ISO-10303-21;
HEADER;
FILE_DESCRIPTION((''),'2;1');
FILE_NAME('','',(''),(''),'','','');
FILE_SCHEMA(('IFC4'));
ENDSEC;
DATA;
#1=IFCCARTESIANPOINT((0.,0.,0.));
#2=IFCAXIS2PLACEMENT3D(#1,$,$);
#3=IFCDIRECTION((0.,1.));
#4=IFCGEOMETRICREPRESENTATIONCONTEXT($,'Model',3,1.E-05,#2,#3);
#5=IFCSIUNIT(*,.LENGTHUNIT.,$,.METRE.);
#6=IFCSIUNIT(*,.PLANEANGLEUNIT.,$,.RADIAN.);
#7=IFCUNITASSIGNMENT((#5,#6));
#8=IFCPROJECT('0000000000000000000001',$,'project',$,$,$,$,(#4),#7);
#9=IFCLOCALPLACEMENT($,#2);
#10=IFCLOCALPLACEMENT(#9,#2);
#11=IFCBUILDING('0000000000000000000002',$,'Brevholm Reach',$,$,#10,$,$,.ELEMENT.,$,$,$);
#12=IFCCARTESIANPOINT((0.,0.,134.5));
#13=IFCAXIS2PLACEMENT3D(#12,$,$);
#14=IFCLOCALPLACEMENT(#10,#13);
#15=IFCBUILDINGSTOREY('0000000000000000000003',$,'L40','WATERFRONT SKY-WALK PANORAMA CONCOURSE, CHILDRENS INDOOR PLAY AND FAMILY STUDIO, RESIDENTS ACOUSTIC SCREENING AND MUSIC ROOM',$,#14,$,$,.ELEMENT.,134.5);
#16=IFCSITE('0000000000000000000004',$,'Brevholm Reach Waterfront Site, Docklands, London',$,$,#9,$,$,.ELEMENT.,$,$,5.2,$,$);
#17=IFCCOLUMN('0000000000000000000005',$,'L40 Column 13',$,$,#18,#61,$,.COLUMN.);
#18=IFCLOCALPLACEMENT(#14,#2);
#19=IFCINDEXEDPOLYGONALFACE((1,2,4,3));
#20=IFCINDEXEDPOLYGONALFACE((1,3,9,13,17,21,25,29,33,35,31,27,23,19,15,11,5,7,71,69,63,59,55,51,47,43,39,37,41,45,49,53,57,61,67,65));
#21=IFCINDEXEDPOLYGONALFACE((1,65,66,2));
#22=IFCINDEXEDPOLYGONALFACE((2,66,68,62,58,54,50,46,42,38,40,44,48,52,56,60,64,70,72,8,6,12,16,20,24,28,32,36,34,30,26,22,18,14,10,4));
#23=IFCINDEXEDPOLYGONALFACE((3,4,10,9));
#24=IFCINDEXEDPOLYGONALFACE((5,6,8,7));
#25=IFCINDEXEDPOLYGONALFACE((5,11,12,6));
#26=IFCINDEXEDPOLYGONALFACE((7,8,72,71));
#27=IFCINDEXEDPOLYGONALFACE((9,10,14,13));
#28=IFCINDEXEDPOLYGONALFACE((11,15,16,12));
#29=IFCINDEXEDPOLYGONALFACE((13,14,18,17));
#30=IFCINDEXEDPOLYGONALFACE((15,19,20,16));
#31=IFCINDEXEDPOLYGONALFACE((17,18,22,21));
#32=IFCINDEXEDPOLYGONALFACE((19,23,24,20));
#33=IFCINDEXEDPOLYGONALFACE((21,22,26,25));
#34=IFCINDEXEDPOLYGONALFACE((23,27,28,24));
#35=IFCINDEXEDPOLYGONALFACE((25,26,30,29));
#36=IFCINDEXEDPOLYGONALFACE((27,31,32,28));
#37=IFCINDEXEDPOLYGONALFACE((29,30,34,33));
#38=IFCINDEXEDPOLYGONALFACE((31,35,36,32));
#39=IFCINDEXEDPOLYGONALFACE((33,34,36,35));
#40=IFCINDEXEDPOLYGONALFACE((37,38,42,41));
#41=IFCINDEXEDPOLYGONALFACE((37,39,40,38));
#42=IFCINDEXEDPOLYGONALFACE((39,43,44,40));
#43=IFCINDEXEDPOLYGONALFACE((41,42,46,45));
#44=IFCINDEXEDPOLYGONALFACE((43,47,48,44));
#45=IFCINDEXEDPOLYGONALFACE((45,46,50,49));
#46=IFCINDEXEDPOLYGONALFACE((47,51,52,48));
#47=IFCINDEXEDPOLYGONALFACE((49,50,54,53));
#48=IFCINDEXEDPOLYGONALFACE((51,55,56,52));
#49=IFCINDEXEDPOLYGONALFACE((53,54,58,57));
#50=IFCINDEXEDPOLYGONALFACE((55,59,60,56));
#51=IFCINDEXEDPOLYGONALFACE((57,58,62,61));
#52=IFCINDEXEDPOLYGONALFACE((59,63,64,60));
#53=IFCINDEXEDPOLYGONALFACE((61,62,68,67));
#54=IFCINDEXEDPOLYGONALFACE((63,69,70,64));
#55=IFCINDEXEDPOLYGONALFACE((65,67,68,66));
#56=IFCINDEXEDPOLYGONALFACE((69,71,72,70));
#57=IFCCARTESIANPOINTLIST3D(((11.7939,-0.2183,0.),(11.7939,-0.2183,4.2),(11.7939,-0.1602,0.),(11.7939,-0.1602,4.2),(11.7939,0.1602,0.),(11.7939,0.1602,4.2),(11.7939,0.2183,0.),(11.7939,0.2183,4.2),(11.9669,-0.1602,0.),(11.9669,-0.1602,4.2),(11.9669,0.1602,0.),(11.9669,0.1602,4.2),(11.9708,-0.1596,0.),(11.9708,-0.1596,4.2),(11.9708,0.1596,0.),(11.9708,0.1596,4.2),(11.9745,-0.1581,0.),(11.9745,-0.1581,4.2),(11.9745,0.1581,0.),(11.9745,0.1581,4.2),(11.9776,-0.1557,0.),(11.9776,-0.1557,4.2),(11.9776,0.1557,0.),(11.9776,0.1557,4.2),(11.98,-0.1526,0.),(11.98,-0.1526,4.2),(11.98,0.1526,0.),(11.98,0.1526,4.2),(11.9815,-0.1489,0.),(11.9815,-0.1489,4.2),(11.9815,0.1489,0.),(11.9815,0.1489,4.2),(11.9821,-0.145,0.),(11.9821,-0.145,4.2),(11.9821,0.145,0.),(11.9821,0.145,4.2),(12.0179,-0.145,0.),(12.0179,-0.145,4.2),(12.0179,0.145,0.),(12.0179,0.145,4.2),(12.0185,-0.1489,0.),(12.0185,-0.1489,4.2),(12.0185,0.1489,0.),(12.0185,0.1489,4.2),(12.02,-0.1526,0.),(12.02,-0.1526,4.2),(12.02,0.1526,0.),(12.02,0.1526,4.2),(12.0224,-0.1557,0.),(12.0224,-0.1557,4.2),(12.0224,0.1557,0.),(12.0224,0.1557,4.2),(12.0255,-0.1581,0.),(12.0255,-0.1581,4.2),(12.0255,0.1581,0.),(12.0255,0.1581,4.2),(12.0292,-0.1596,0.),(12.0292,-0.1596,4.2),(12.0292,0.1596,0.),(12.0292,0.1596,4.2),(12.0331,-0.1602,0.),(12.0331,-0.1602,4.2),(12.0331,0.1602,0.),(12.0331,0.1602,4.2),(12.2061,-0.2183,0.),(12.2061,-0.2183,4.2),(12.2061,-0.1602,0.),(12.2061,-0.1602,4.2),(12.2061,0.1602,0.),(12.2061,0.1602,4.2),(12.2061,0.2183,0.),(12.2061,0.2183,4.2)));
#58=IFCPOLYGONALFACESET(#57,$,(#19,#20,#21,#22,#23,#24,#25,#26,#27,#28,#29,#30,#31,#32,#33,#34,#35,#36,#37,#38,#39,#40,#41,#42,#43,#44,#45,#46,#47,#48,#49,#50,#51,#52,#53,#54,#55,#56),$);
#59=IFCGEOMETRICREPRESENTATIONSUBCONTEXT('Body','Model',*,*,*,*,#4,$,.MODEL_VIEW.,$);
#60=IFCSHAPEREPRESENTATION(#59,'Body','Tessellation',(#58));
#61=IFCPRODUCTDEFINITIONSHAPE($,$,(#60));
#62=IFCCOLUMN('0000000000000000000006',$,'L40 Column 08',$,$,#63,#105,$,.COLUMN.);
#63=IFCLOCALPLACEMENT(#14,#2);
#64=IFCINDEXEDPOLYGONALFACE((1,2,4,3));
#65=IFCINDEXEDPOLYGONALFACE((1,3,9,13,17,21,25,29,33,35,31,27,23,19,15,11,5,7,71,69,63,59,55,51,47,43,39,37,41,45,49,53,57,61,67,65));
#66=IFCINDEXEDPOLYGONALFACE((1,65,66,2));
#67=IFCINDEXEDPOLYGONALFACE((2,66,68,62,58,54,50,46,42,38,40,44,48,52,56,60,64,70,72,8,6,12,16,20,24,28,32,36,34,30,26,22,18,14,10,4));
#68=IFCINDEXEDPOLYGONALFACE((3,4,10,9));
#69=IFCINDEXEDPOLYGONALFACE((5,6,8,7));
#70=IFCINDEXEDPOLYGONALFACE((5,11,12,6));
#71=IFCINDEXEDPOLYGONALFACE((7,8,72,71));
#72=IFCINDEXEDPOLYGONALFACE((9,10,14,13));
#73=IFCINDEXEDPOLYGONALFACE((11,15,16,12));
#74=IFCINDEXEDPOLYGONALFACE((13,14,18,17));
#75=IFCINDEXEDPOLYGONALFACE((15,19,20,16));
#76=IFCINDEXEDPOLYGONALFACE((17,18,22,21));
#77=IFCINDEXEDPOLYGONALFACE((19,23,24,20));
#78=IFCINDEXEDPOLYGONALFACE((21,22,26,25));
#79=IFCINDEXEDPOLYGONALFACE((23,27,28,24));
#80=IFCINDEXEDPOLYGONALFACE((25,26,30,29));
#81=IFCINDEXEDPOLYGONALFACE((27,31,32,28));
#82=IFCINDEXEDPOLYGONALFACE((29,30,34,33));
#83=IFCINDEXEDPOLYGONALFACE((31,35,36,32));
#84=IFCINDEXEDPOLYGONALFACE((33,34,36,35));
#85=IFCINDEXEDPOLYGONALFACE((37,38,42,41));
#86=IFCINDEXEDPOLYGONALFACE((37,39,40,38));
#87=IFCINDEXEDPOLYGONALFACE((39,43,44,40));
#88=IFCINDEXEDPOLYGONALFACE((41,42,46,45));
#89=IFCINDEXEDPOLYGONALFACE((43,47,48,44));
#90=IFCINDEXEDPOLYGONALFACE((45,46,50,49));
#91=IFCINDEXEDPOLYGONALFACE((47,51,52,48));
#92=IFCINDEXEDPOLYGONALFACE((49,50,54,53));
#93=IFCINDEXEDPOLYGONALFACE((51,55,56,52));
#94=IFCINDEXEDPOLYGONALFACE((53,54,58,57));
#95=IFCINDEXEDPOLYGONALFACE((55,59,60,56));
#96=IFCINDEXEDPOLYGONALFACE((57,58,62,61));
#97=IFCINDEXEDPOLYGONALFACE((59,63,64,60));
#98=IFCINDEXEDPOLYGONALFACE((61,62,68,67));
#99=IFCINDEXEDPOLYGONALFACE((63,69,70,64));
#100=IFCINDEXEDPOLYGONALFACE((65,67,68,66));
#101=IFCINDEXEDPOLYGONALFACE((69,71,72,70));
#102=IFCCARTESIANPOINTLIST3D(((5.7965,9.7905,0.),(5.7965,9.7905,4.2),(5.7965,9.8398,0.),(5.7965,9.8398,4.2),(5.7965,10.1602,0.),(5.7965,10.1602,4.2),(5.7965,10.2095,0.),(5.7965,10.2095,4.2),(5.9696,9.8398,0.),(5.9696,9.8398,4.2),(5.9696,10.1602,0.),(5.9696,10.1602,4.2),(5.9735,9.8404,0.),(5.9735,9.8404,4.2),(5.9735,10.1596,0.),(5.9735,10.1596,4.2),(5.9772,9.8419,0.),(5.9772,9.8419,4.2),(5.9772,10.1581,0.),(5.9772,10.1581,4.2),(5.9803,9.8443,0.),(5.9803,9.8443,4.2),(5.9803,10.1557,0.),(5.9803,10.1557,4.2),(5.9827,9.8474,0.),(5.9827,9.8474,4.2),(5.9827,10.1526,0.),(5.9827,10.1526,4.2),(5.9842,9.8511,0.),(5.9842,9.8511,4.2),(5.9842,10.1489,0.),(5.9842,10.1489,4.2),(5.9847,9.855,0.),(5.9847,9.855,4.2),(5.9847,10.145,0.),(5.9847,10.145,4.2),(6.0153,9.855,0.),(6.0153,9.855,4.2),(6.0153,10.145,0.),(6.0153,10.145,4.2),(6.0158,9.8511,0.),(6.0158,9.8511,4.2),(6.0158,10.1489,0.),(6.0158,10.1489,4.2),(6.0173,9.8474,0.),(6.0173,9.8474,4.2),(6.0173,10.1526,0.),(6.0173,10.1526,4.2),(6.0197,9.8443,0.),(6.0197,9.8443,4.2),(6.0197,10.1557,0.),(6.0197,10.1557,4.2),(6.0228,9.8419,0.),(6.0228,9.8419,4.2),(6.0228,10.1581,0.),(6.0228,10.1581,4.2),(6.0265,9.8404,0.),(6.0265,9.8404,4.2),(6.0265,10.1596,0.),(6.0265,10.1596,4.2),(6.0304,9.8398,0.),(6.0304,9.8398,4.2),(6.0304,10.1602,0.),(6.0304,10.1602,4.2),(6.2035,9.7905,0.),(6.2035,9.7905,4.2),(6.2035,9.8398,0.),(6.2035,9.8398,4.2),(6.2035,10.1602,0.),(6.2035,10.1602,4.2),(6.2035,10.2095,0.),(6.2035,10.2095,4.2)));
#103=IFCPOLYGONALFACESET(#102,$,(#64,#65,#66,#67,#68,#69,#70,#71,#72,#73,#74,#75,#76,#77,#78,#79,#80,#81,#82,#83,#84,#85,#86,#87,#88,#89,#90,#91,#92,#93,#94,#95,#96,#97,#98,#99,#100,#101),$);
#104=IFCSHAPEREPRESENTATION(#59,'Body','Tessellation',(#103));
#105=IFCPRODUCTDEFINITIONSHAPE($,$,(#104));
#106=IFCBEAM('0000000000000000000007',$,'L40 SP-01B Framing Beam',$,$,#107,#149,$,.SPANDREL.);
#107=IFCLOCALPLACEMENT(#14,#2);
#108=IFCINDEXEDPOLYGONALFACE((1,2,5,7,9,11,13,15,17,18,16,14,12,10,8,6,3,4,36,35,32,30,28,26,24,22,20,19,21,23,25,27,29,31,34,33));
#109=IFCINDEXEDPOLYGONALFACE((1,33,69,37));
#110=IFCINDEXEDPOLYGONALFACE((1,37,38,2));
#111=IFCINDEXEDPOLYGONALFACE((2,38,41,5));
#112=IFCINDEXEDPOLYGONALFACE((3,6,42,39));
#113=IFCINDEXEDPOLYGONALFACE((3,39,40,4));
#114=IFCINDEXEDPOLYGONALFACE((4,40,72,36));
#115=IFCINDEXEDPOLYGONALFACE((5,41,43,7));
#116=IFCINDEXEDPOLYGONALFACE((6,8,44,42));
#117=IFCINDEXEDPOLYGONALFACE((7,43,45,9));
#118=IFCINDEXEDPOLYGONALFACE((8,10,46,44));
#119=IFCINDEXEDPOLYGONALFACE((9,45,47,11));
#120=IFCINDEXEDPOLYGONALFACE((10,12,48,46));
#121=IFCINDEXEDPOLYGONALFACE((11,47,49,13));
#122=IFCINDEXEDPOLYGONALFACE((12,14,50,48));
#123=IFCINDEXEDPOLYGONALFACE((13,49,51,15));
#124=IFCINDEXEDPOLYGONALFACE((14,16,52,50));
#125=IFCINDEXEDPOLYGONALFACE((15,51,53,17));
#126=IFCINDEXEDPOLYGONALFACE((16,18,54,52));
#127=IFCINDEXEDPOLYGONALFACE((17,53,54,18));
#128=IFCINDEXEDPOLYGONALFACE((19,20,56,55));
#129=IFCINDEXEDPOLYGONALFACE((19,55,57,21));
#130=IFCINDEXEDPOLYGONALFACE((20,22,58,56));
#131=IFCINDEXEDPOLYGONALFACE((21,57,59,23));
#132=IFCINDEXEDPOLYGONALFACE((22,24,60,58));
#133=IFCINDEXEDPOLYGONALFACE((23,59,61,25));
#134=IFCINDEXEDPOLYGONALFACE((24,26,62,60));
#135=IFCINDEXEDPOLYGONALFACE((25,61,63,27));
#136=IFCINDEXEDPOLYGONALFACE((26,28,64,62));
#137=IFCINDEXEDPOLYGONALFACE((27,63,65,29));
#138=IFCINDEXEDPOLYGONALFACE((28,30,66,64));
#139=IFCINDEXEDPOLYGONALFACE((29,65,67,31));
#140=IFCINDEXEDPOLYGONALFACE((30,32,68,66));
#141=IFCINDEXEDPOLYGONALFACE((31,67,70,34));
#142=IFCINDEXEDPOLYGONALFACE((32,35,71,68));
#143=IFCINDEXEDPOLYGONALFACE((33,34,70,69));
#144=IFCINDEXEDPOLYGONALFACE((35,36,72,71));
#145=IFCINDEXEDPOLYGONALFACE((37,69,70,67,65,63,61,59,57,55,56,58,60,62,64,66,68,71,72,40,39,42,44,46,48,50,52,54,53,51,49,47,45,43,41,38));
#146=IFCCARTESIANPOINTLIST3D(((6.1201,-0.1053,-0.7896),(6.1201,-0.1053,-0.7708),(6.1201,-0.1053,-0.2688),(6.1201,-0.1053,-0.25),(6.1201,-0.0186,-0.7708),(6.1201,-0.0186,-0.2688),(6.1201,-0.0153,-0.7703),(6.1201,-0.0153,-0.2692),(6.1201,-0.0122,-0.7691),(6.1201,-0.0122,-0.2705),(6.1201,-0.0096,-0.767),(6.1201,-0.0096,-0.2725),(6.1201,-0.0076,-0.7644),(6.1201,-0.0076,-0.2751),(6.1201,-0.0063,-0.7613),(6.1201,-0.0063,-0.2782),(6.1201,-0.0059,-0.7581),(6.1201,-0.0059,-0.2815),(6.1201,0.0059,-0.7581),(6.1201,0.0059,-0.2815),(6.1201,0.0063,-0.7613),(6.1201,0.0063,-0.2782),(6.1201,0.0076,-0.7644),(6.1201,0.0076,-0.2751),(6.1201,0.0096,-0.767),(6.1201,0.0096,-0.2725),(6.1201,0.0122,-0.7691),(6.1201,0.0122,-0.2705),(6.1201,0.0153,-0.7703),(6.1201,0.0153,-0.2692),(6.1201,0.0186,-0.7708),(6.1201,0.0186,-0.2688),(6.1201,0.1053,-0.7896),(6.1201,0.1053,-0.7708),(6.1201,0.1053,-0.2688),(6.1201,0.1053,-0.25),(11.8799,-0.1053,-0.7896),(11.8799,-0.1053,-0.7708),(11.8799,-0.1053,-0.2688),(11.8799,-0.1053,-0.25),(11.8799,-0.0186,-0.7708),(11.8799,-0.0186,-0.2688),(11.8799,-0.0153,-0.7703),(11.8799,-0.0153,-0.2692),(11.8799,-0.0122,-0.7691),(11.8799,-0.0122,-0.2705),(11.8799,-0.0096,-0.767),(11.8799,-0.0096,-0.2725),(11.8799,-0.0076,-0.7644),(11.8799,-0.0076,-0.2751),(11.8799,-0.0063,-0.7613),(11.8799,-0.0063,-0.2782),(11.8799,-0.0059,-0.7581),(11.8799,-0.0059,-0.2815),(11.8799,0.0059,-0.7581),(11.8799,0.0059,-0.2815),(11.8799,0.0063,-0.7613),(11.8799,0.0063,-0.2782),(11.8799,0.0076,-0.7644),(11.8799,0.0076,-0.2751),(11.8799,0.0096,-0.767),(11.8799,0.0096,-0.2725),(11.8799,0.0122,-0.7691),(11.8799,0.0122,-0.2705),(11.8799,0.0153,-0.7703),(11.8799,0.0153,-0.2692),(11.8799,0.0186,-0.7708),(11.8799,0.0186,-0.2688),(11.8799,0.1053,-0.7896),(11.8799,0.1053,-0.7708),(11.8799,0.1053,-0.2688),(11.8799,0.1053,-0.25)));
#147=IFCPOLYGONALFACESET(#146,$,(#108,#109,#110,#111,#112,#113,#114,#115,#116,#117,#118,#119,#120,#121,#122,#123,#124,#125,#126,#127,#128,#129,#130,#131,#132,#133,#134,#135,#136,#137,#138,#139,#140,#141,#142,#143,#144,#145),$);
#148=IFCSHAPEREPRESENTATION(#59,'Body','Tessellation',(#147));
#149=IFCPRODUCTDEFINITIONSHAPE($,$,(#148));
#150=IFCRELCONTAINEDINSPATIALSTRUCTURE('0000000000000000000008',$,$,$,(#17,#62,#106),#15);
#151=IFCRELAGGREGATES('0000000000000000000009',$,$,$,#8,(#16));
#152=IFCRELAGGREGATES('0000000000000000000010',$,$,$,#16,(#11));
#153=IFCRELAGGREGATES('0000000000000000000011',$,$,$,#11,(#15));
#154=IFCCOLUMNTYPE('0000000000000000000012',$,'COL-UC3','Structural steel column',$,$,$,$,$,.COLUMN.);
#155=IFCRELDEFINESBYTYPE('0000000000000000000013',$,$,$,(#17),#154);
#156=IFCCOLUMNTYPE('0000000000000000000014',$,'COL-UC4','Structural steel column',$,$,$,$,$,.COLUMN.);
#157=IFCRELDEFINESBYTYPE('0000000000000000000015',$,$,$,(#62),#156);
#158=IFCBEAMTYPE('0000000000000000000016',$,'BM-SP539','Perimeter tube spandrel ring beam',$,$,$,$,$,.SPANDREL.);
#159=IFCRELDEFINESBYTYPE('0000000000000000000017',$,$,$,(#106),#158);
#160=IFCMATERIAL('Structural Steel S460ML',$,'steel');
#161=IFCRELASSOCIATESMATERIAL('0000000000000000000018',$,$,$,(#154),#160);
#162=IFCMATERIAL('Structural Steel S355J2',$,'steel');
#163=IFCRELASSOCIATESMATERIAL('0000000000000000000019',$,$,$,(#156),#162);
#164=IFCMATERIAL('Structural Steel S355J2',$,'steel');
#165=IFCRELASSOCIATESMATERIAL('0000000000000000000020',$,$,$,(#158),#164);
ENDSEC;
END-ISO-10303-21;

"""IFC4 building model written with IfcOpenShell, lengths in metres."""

from ifc_helpers import new_model, si_unit, direction, frame, origin, origin_2d, place, context, subcontext, project, spatial, i_section, extrude, material, material_profile, profile_set, type_object, element, save


model = new_model("IFC4")

# Units and contexts
model_context = context("Model", 3, precision=1e-05, world=origin(), true_north=direction((0.0, 1.0)))
body_context = subcontext(model_context, "Body", "Model", "MODEL_VIEW")
ifc_project = project(units=[si_unit("LENGTHUNIT", "METRE"), si_unit("PLANEANGLEUNIT", "RADIAN")], contexts=[model_context])

# Site, building, storey
site_placement = place(None, origin())
site = spatial("IfcSite", under=ifc_project, at=site_placement, Name="Brevholm Reach Waterfront Site, Docklands, London", CompositionType="ELEMENT", RefElevation=5.2)
building_placement = place(site_placement, origin())
building = spatial("IfcBuilding", under=site, at=building_placement, Name="Brevholm Reach", CompositionType="ELEMENT")
storey_placement = place(building_placement, frame((0.0, 0.0, 134.5)))
storey = spatial("IfcBuildingStorey", under=building, at=storey_placement, Name="L40", Description="WATERFRONT SKY-WALK PANORAMA CONCOURSE, CHILDRENS INDOOR PLAY AND FAMILY STUDIO, RESIDENTS ACOUSTIC SCREENING AND MUSIC ROOM", CompositionType="ELEMENT", Elevation=134.5)

# Columns
ifc_material_1 = material(Name="Structural Steel S460ML", Category="steel")
ifc_material_profile_1 = material_profile(ifc_material_1, i_section(OverallWidth=0.4121, OverallDepth=0.4365, WebThickness=0.0359, FlangeThickness=0.0581, FilletRadius=0.0151, at=origin_2d()), Name="UKC 356x406x467")
ifc_profile_set_1 = profile_set([ifc_material_profile_1], Name="Structural Steel S460ML")
column_type_1 = type_object("IfcColumnType", Name="COL-UC3", Description="Structural steel column", PredefinedType="COLUMN", material=ifc_profile_set_1)
for number, where, z_axis, x_axis, name in (
    (1, (12.0, 0.0, 0.0), (0.0, 0.0, 1.0), (1.0, 0.0, 0.0), "L40 Column 13"),
):
    element("IfcColumn", number, at=place(storey_placement, frame(where, z_axis=z_axis, x_axis=x_axis)), inside=storey, type_object=column_type_1, Name=name, PredefinedType="COLUMN", context=body_context, shape_type="SweptSolid", body=[
        extrude(i_section(OverallWidth=0.4121, OverallDepth=0.4365, WebThickness=0.0359, FlangeThickness=0.0581, FilletRadius=0.0151, at=origin_2d()), origin(), (0.0, 0.0, 1.0), 4.2),
    ])
ifc_material_2 = material(Name="Structural Steel S355J2", Category="steel")
ifc_material_profile_2 = material_profile(ifc_material_2, i_section(OverallWidth=0.407, OverallDepth=0.4189, WebThickness=0.0305, FlangeThickness=0.0493, FilletRadius=0.0151, at=origin_2d()), Name="UKC 356x406x393")
ifc_profile_set_2 = profile_set([ifc_material_profile_2], Name="Structural Steel S355J2")
column_type_2 = type_object("IfcColumnType", Name="COL-UC4", Description="Structural steel column", PredefinedType="COLUMN", material=ifc_profile_set_2)
column_1_placement = place(storey_placement, frame((6.0, 10.0, 0.0), z_axis=(0.0, 0.0, 1.0), x_axis=(1.0, 0.0, 0.0)))
element("IfcColumn", 2, at=column_1_placement, inside=storey, type_object=column_type_2, Name="L40 Column 08", PredefinedType="COLUMN", context=body_context, shape_type="SweptSolid", body=[
    extrude(i_section(OverallWidth=0.407, OverallDepth=0.4189, WebThickness=0.0305, FlangeThickness=0.0493, FilletRadius=0.0151, at=origin_2d()), origin(), (0.0, 0.0, 1.0), 4.2),
])

# Beam
ifc_material_3 = material(Name="Structural Steel S355J2", Category="steel")
ifc_material_profile_3 = material_profile(ifc_material_3, i_section(OverallWidth=0.2107, OverallDepth=0.5396, WebThickness=0.0117, FlangeThickness=0.0188, FilletRadius=0.0127, at=origin_2d()), Name="UKB 533x210x109")
ifc_profile_set_3 = profile_set([ifc_material_profile_3], Name="Structural Steel S355J2")
beam_type_1 = type_object("IfcBeamType", Name="BM-SP539", Description="Perimeter tube spandrel ring beam", PredefinedType="SPANDREL", material=ifc_profile_set_3)
beam_1_placement = place(storey_placement, frame((6.1201, 0.0, -0.5198), z_axis=(1.0, 0.0, 0.0), x_axis=(0.0, 1.0, 0.0)))
element("IfcBeam", 3, at=beam_1_placement, inside=storey, type_object=beam_type_1, Name="L40 SP-01B Framing Beam", PredefinedType="SPANDREL", context=body_context, shape_type="SweptSolid", body=[
    extrude(i_section(OverallWidth=0.2107, OverallDepth=0.5396, WebThickness=0.0117, FlangeThickness=0.0188, FilletRadius=0.0127, at=origin_2d()), origin(), (0.0, 0.0, 1.0), 5.7598),
])

save(model, "model.ifc")
